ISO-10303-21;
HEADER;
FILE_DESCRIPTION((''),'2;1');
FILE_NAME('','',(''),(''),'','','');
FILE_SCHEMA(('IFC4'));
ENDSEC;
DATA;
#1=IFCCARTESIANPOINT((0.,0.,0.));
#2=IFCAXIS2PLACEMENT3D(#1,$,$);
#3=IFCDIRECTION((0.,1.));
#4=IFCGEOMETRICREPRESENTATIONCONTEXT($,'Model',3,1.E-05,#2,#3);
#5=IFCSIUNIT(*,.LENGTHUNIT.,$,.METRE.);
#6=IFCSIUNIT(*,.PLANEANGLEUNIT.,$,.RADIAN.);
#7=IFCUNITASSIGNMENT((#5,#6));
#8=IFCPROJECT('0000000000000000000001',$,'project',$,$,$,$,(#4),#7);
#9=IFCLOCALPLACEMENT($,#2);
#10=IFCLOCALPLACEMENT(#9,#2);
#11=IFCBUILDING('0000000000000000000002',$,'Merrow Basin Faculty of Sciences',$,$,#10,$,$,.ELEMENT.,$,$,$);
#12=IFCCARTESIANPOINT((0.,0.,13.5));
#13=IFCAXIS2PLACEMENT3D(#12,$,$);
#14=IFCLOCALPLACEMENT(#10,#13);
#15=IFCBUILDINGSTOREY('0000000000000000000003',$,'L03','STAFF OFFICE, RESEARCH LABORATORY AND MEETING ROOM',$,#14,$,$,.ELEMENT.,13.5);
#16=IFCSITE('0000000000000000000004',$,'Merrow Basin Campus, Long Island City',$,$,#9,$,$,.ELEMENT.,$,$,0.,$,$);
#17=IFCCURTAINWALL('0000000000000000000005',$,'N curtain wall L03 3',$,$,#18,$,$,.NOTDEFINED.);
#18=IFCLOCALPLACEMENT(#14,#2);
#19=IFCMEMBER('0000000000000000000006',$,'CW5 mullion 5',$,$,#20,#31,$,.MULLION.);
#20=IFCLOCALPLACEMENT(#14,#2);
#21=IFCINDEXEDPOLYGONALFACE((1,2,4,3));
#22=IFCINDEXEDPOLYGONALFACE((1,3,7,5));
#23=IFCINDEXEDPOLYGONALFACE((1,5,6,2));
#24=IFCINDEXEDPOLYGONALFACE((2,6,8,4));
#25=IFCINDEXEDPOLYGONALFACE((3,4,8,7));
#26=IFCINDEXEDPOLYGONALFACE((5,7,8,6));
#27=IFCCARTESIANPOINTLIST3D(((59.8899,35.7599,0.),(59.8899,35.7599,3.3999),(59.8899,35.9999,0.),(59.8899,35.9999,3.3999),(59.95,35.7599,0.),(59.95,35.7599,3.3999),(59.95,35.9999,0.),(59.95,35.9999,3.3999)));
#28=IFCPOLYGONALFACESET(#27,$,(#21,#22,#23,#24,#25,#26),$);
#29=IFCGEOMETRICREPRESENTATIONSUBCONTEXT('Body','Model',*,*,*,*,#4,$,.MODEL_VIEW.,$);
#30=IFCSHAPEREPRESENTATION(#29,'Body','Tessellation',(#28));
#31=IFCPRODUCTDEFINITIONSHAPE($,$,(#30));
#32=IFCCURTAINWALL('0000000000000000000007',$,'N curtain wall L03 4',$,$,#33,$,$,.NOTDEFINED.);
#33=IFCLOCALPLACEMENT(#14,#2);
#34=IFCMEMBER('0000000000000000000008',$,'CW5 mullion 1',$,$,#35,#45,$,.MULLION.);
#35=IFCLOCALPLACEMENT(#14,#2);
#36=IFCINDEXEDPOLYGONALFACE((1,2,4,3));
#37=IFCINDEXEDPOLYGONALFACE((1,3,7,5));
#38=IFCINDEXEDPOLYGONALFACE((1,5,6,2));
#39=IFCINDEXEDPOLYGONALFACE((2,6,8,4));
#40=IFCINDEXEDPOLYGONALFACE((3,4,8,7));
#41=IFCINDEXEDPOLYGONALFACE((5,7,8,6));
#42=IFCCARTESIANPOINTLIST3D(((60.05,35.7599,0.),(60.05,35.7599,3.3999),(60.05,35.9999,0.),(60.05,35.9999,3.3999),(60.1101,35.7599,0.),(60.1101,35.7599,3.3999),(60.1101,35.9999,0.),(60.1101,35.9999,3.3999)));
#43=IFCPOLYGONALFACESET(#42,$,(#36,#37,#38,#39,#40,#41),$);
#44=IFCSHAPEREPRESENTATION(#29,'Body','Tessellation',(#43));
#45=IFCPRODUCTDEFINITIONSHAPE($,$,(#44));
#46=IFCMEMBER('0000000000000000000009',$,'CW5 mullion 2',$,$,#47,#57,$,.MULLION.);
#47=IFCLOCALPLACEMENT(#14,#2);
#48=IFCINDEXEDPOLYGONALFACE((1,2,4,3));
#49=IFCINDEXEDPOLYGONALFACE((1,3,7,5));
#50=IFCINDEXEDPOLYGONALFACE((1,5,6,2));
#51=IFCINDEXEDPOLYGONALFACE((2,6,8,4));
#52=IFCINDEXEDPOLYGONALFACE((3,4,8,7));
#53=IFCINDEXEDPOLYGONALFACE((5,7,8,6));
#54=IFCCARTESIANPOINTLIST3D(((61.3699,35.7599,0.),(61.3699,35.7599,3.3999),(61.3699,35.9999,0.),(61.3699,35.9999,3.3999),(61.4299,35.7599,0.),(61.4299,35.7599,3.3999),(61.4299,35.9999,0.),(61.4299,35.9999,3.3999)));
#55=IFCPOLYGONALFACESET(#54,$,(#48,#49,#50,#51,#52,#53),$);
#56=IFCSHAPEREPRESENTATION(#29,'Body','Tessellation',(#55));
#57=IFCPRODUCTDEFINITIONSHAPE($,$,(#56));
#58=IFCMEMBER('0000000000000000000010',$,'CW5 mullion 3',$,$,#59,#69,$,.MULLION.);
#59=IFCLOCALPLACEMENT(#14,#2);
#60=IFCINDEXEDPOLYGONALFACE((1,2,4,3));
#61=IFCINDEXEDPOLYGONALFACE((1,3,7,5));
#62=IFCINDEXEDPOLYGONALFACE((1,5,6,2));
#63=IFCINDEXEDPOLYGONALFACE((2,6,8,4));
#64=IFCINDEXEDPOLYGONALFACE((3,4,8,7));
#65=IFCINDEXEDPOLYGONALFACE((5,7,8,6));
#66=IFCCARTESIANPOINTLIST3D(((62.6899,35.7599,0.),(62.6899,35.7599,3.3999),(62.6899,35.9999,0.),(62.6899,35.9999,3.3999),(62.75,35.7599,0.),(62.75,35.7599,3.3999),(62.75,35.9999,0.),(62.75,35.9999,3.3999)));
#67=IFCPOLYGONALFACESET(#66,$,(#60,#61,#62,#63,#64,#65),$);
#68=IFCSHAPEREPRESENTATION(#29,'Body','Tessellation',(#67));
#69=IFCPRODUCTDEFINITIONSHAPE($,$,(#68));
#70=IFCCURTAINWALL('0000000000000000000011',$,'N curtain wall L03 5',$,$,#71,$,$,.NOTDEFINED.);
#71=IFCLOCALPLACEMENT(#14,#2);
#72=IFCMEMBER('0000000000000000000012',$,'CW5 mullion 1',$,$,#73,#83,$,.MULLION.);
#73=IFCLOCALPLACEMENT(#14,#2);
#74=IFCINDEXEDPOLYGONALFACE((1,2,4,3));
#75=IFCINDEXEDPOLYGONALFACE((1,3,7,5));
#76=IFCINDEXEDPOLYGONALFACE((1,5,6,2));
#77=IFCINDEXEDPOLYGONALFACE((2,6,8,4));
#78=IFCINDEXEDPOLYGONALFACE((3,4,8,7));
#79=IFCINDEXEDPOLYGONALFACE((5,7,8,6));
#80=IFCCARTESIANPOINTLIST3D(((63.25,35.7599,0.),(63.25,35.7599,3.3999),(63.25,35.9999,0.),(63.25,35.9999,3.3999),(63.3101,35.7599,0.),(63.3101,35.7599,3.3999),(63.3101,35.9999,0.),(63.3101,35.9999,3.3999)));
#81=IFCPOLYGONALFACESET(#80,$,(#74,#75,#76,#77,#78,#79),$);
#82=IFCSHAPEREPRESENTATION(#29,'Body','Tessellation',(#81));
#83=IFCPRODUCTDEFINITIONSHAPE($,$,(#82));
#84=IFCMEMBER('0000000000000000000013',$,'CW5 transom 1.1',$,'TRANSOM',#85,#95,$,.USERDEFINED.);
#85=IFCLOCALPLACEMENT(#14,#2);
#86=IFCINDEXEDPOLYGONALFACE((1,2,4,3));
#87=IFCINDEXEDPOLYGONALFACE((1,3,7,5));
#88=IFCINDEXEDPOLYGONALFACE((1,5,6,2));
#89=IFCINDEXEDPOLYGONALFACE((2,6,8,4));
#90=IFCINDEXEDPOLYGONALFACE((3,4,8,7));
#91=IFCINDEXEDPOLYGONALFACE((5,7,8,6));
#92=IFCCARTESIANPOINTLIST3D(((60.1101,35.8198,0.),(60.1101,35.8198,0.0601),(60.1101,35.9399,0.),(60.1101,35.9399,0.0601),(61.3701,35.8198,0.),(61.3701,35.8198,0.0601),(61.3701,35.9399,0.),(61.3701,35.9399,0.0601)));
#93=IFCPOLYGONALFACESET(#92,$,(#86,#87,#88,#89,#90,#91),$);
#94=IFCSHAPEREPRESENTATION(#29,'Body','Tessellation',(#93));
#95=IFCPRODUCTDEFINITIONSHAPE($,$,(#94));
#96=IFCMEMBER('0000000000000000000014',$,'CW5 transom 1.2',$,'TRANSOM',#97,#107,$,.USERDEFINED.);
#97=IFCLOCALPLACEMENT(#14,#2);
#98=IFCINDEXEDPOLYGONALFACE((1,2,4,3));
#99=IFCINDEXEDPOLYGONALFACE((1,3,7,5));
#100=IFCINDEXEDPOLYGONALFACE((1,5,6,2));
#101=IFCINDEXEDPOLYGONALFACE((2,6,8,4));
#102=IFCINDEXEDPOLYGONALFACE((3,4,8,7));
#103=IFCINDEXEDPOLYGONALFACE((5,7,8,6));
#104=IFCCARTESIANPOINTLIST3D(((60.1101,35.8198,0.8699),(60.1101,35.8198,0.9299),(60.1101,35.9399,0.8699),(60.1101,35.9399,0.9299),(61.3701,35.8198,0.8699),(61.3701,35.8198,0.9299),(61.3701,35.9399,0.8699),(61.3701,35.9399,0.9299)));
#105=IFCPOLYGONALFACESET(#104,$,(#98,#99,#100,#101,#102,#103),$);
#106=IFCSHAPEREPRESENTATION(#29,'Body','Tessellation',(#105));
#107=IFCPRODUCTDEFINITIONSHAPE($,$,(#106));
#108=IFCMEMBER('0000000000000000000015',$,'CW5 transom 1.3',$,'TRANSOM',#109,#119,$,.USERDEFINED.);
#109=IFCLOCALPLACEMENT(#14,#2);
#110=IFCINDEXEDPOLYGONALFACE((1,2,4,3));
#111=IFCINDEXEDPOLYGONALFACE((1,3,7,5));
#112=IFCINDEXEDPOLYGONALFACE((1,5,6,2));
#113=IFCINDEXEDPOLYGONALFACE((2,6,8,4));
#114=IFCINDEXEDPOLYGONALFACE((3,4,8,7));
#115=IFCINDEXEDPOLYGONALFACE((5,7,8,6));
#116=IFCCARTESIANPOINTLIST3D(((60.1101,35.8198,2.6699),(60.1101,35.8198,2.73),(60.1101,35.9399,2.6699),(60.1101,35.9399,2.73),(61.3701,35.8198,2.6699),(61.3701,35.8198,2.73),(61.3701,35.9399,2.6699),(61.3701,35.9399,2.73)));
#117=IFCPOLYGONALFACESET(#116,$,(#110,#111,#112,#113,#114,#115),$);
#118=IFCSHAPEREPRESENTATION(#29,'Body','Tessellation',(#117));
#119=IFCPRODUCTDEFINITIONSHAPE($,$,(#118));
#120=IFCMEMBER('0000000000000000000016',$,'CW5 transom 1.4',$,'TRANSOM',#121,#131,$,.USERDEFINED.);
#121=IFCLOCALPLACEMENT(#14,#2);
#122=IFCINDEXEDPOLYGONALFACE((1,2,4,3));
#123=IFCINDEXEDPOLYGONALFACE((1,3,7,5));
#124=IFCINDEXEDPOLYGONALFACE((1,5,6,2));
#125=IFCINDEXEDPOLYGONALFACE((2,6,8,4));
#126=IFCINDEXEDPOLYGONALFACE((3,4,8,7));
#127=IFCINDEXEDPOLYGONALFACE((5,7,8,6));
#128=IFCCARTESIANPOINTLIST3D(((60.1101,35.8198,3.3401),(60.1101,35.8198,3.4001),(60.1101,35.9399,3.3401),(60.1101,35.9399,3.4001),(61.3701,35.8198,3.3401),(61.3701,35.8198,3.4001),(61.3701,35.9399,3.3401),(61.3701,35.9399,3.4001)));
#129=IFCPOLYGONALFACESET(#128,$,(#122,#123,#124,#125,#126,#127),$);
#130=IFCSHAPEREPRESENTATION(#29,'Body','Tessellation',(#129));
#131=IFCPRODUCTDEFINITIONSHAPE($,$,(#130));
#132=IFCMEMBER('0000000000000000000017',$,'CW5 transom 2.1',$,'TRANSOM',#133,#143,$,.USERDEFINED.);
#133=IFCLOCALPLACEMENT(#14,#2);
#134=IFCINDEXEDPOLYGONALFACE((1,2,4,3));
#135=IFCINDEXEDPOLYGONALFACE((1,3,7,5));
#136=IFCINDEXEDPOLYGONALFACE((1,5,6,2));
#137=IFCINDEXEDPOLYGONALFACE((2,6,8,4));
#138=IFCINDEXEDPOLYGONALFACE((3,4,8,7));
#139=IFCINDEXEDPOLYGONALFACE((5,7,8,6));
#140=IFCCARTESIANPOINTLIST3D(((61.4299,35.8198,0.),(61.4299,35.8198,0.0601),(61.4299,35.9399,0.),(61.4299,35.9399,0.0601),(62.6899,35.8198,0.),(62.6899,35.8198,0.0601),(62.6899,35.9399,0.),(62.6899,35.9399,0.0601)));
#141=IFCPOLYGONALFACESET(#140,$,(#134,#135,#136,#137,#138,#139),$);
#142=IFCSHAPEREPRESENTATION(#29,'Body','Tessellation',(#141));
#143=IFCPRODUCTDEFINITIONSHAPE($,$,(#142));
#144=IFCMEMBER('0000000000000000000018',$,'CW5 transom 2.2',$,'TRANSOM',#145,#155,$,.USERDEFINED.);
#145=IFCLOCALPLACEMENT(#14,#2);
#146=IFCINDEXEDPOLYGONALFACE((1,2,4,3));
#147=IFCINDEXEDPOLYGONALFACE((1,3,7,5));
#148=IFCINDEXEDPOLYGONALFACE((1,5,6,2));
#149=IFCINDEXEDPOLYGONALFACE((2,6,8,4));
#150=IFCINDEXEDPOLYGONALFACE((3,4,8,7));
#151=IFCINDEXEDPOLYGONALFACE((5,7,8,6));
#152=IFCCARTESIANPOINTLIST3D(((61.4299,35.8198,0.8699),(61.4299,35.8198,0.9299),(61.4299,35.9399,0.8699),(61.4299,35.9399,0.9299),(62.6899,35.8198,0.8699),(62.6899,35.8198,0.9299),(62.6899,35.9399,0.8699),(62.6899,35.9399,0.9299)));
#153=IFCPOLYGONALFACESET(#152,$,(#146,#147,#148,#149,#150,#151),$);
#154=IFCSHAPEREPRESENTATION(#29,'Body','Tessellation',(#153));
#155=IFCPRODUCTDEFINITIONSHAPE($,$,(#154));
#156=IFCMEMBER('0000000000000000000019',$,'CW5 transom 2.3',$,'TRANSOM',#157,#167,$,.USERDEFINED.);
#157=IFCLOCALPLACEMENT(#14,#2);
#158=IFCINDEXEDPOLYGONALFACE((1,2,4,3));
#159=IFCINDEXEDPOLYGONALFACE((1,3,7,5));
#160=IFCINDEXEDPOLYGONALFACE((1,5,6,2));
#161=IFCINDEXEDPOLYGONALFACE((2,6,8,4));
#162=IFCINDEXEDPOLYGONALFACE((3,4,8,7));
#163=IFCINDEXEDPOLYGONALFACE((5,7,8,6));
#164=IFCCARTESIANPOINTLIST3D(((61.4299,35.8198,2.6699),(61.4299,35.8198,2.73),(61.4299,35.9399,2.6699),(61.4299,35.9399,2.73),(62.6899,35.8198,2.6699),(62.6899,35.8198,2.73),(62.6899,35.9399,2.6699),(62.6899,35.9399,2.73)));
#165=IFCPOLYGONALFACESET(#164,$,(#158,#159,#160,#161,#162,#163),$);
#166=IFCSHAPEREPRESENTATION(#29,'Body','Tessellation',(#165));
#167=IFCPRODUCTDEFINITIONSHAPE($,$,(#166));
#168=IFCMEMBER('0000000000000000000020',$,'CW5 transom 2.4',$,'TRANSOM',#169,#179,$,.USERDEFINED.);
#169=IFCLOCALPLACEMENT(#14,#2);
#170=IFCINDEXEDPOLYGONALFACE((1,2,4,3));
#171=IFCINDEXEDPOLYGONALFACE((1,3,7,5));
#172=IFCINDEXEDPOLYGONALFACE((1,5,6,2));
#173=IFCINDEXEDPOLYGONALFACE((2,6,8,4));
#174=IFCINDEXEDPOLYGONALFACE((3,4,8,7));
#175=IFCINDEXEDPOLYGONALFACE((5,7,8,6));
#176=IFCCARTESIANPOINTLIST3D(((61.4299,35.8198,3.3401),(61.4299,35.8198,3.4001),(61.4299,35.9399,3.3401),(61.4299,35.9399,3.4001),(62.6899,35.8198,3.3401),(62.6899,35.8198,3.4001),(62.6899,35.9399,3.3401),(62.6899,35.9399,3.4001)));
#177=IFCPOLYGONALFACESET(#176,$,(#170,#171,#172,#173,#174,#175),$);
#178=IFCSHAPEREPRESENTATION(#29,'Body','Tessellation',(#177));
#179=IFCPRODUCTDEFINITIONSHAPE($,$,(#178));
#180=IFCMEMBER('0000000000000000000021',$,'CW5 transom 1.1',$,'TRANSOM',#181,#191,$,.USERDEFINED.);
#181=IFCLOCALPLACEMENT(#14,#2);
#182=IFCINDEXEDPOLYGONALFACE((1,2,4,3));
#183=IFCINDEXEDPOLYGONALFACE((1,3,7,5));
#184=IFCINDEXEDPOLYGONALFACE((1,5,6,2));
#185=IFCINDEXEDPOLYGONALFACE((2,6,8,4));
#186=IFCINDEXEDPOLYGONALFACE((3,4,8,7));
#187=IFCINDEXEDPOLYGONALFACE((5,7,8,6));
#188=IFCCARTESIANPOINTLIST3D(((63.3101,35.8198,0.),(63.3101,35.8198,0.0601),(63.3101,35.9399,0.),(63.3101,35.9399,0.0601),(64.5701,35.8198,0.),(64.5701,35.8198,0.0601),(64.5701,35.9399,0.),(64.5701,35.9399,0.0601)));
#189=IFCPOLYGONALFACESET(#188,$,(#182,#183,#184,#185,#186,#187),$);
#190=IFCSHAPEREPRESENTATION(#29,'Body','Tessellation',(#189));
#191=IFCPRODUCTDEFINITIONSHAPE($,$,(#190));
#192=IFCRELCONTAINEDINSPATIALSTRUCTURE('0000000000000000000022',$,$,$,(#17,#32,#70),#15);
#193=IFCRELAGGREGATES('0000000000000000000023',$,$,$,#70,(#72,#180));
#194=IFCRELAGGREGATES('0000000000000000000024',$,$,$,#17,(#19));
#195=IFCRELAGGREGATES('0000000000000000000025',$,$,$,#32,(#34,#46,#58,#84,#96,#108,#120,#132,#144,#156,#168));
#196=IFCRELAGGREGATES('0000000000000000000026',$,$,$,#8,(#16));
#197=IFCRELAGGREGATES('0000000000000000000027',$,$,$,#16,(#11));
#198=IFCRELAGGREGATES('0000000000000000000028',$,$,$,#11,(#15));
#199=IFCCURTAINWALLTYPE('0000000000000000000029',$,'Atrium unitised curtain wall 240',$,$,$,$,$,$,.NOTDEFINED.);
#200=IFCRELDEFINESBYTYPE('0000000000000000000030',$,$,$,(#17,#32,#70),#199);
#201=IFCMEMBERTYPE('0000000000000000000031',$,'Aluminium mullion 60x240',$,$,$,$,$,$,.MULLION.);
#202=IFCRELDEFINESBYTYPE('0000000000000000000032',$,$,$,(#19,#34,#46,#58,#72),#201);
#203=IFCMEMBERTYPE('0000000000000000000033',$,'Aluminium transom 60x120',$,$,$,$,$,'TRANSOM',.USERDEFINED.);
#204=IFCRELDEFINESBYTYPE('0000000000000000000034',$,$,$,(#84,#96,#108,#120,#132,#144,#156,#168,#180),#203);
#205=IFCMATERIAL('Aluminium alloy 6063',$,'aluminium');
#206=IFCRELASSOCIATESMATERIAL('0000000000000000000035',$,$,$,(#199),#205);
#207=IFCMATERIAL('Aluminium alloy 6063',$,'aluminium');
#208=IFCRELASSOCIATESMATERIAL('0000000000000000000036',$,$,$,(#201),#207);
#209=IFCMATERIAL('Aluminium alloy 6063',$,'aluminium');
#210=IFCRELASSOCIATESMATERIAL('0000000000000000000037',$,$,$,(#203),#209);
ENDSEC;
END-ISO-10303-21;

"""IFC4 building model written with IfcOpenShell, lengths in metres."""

from ifc_helpers import new_model, si_unit, direction, frame, origin, origin_2d, place, context, subcontext, project, spatial, rectangle, extrude, material, material_profile, profile_set, type_object, element, aggregate, save


model = new_model("IFC4")

# Units and contexts
model_context = context("Model", 3, precision=1e-05, world=origin(), true_north=direction((0.0, 1.0)))
body_context = subcontext(model_context, "Body", "Model", "MODEL_VIEW")
ifc_project = project(units=[si_unit("LENGTHUNIT", "METRE"), si_unit("PLANEANGLEUNIT", "RADIAN")], contexts=[model_context])

# Site, building, storey
site_placement = place(None, origin())
site = spatial("IfcSite", under=ifc_project, at=site_placement, Name="Merrow Basin Campus, Long Island City", CompositionType="ELEMENT", RefElevation=0.0)
building_placement = place(site_placement, origin())
building = spatial("IfcBuilding", under=site, at=building_placement, Name="Merrow Basin Faculty of Sciences", CompositionType="ELEMENT")
storey_placement = place(building_placement, frame((0.0, 0.0, 13.5)))
storey = spatial("IfcBuildingStorey", under=building, at=storey_placement, Name="L03", Description="STAFF OFFICE, RESEARCH LABORATORY AND MEETING ROOM", CompositionType="ELEMENT", Elevation=13.5)

# Curtain wall, member
ifc_material_1 = material(Name="Aluminium alloy 6063", Category="aluminium")
curtain_wall_type = type_object("IfcCurtainWallType", Name="Atrium unitised curtain wall 240", PredefinedType="NOTDEFINED", material=ifc_material_1)
curtain_wall_1_placement = place(storey_placement, origin())
curtain_wall_1 = element("IfcCurtainWall", 1, at=curtain_wall_1_placement, inside=storey, type_object=curtain_wall_type, Name="N curtain wall L03 3", PredefinedType="NOTDEFINED")
ifc_material_2 = material(Name="Aluminium alloy 6063", Category="aluminium")
ifc_material_profile_1 = material_profile(ifc_material_2, rectangle(XDim=0.24, YDim=0.0601, at=origin_2d()))
ifc_profile_set_1 = profile_set([ifc_material_profile_1], Name="Aluminium alloy 6063")
member_type_1 = type_object("IfcMemberType", Name="Aluminium mullion 60x240", PredefinedType="MULLION", material=ifc_profile_set_1)
member_1_placement = place(storey_placement, frame((59.9199, 35.8799, 0.0), z_axis=(0.0, 0.0, 1.0), x_axis=(0.0, 1.0, 0.0)))
member_1 = element("IfcMember", 2, at=member_1_placement, type_object=member_type_1, Name="CW5 mullion 5", PredefinedType="MULLION", context=body_context, shape_type="SweptSolid", body=[
    extrude(rectangle(XDim=0.24, YDim=0.0601, at=origin_2d()), origin(), (0.0, 0.0, 1.0), 3.3999),
])

# Curtain wall, members
curtain_wall_2_placement = place(storey_placement, origin())
curtain_wall_2 = element("IfcCurtainWall", 3, at=curtain_wall_2_placement, inside=storey, type_object=curtain_wall_type, Name="N curtain wall L03 4", PredefinedType="NOTDEFINED")
member_2_placement = place(storey_placement, frame((60.0801, 35.8799, 0.0), z_axis=(0.0, 0.0, 1.0), x_axis=(0.0, 1.0, 0.0)))
member_2 = element("IfcMember", 4, at=member_2_placement, type_object=member_type_1, Name="CW5 mullion 1", PredefinedType="MULLION", context=body_context, shape_type="SweptSolid", body=[
    extrude(rectangle(XDim=0.24, YDim=0.0601, at=origin_2d()), origin(), (0.0, 0.0, 1.0), 3.3999),
])
member_3_placement = place(storey_placement, frame((61.3999, 35.8799, 0.0), z_axis=(0.0, 0.0, 1.0), x_axis=(0.0, 1.0, 0.0)))
member_3 = element("IfcMember", 5, at=member_3_placement, type_object=member_type_1, Name="CW5 mullion 2", PredefinedType="MULLION", context=body_context, shape_type="SweptSolid", body=[
    extrude(rectangle(XDim=0.24, YDim=0.0601, at=origin_2d()), origin(), (0.0, 0.0, 1.0), 3.3999),
])
member_4_placement = place(storey_placement, frame((62.72, 35.8799, 0.0), z_axis=(0.0, 0.0, 1.0), x_axis=(0.0, 1.0, 0.0)))
member_4 = element("IfcMember", 6, at=member_4_placement, type_object=member_type_1, Name="CW5 mullion 3", PredefinedType="MULLION", context=body_context, shape_type="SweptSolid", body=[
    extrude(rectangle(XDim=0.24, YDim=0.0601, at=origin_2d()), origin(), (0.0, 0.0, 1.0), 3.3999),
])

# Curtain wall, member
curtain_wall_3_placement = place(storey_placement, origin())
curtain_wall_3 = element("IfcCurtainWall", 7, at=curtain_wall_3_placement, inside=storey, type_object=curtain_wall_type, Name="N curtain wall L03 5", PredefinedType="NOTDEFINED")
member_5_placement = place(storey_placement, frame((63.28, 35.8799, 0.0), z_axis=(0.0, 0.0, 1.0), x_axis=(0.0, 1.0, 0.0)))
member_5 = element("IfcMember", 8, at=member_5_placement, type_object=member_type_1, Name="CW5 mullion 1", PredefinedType="MULLION", context=body_context, shape_type="SweptSolid", body=[
    extrude(rectangle(XDim=0.24, YDim=0.0601, at=origin_2d()), origin(), (0.0, 0.0, 1.0), 3.3999),
])

# Members
ifc_material_3 = material(Name="Aluminium alloy 6063", Category="aluminium")
ifc_material_profile_2 = material_profile(ifc_material_3, rectangle(XDim=0.1201, YDim=0.0601, at=origin_2d()))
ifc_profile_set_2 = profile_set([ifc_material_profile_2], Name="Aluminium alloy 6063")
member_type_2 = type_object("IfcMemberType", Name="Aluminium transom 60x120", ElementType="TRANSOM", PredefinedType="USERDEFINED", material=ifc_profile_set_2)
member_6_placement = place(storey_placement, frame((60.1101, 35.8799, 0.03), z_axis=(1.0, 0.0, 0.0), x_axis=(0.0, 1.0, 0.0)))
member_6 = element("IfcMember", 9, at=member_6_placement, type_object=member_type_2, Name="CW5 transom 1.1", ObjectType="TRANSOM", PredefinedType="USERDEFINED", context=body_context, shape_type="SweptSolid", body=[
    extrude(rectangle(XDim=0.1201, YDim=0.0601, at=origin_2d()), origin(), (0.0, 0.0, 1.0), 1.26),
])
member_7_placement = place(storey_placement, frame((60.1101, 35.8799, 0.8999), z_axis=(1.0, 0.0, 0.0), x_axis=(0.0, 1.0, 0.0)))
member_7 = element("IfcMember", 10, at=member_7_placement, type_object=member_type_2, Name="CW5 transom 1.2", ObjectType="TRANSOM", PredefinedType="USERDEFINED", context=body_context, shape_type="SweptSolid", body=[
    extrude(rectangle(XDim=0.1201, YDim=0.0601, at=origin_2d()), origin(), (0.0, 0.0, 1.0), 1.26),
])
member_8_placement = place(storey_placement, frame((60.1101, 35.8799, 2.7), z_axis=(1.0, 0.0, 0.0), x_axis=(0.0, 1.0, 0.0)))
member_8 = element("IfcMember", 11, at=member_8_placement, type_object=member_type_2, Name="CW5 transom 1.3", ObjectType="TRANSOM", PredefinedType="USERDEFINED", context=body_context, shape_type="SweptSolid", body=[
    extrude(rectangle(XDim=0.1201, YDim=0.0601, at=origin_2d()), origin(), (0.0, 0.0, 1.0), 1.26),
])
member_9_placement = place(storey_placement, frame((60.1101, 35.8799, 3.3701), z_axis=(1.0, 0.0, 0.0), x_axis=(0.0, 1.0, 0.0)))
member_9 = element("IfcMember", 12, at=member_9_placement, type_object=member_type_2, Name="CW5 transom 1.4", ObjectType="TRANSOM", PredefinedType="USERDEFINED", context=body_context, shape_type="SweptSolid", body=[
    extrude(rectangle(XDim=0.1201, YDim=0.0601, at=origin_2d()), origin(), (0.0, 0.0, 1.0), 1.26),
])
member_10_placement = place(storey_placement, frame((61.4299, 35.8799, 0.03), z_axis=(1.0, 0.0, 0.0), x_axis=(0.0, 1.0, 0.0)))
member_10 = element("IfcMember", 13, at=member_10_placement, type_object=member_type_2, Name="CW5 transom 2.1", ObjectType="TRANSOM", PredefinedType="USERDEFINED", context=body_context, shape_type="SweptSolid", body=[
    extrude(rectangle(XDim=0.1201, YDim=0.0601, at=origin_2d()), origin(), (0.0, 0.0, 1.0), 1.26),
])
member_11_placement = place(storey_placement, frame((61.4299, 35.8799, 0.8999), z_axis=(1.0, 0.0, 0.0), x_axis=(0.0, 1.0, 0.0)))
member_11 = element("IfcMember", 14, at=member_11_placement, type_object=member_type_2, Name="CW5 transom 2.2", ObjectType="TRANSOM", PredefinedType="USERDEFINED", context=body_context, shape_type="SweptSolid", body=[
    extrude(rectangle(XDim=0.1201, YDim=0.0601, at=origin_2d()), origin(), (0.0, 0.0, 1.0), 1.26),
])
member_12_placement = place(storey_placement, frame((61.4299, 35.8799, 2.7), z_axis=(1.0, 0.0, 0.0), x_axis=(0.0, 1.0, 0.0)))
member_12 = element("IfcMember", 15, at=member_12_placement, type_object=member_type_2, Name="CW5 transom 2.3", ObjectType="TRANSOM", PredefinedType="USERDEFINED", context=body_context, shape_type="SweptSolid", body=[
    extrude(rectangle(XDim=0.1201, YDim=0.0601, at=origin_2d()), origin(), (0.0, 0.0, 1.0), 1.26),
])
member_13_placement = place(storey_placement, frame((61.4299, 35.8799, 3.3701), z_axis=(1.0, 0.0, 0.0), x_axis=(0.0, 1.0, 0.0)))
member_13 = element("IfcMember", 16, at=member_13_placement, type_object=member_type_2, Name="CW5 transom 2.4", ObjectType="TRANSOM", PredefinedType="USERDEFINED", context=body_context, shape_type="SweptSolid", body=[
    extrude(rectangle(XDim=0.1201, YDim=0.0601, at=origin_2d()), origin(), (0.0, 0.0, 1.0), 1.26),
])
member_14_placement = place(storey_placement, frame((63.3101, 35.8799, 0.03), z_axis=(1.0, 0.0, 0.0), x_axis=(0.0, 1.0, 0.0)))
member_14 = element("IfcMember", 17, at=member_14_placement, type_object=member_type_2, Name="CW5 transom 1.1", ObjectType="TRANSOM", PredefinedType="USERDEFINED", context=body_context, shape_type="SweptSolid", body=[
    extrude(rectangle(XDim=0.1201, YDim=0.0601, at=origin_2d()), origin(), (0.0, 0.0, 1.0), 1.26),
])
aggregate(curtain_wall_3, [member_5, member_14])

aggregate(curtain_wall_1, [member_1])
aggregate(curtain_wall_2, [member_2, member_3, member_4, member_6, member_7, member_8, member_9, member_10, member_11, member_12, member_13])

save(model, "model.ifc")
